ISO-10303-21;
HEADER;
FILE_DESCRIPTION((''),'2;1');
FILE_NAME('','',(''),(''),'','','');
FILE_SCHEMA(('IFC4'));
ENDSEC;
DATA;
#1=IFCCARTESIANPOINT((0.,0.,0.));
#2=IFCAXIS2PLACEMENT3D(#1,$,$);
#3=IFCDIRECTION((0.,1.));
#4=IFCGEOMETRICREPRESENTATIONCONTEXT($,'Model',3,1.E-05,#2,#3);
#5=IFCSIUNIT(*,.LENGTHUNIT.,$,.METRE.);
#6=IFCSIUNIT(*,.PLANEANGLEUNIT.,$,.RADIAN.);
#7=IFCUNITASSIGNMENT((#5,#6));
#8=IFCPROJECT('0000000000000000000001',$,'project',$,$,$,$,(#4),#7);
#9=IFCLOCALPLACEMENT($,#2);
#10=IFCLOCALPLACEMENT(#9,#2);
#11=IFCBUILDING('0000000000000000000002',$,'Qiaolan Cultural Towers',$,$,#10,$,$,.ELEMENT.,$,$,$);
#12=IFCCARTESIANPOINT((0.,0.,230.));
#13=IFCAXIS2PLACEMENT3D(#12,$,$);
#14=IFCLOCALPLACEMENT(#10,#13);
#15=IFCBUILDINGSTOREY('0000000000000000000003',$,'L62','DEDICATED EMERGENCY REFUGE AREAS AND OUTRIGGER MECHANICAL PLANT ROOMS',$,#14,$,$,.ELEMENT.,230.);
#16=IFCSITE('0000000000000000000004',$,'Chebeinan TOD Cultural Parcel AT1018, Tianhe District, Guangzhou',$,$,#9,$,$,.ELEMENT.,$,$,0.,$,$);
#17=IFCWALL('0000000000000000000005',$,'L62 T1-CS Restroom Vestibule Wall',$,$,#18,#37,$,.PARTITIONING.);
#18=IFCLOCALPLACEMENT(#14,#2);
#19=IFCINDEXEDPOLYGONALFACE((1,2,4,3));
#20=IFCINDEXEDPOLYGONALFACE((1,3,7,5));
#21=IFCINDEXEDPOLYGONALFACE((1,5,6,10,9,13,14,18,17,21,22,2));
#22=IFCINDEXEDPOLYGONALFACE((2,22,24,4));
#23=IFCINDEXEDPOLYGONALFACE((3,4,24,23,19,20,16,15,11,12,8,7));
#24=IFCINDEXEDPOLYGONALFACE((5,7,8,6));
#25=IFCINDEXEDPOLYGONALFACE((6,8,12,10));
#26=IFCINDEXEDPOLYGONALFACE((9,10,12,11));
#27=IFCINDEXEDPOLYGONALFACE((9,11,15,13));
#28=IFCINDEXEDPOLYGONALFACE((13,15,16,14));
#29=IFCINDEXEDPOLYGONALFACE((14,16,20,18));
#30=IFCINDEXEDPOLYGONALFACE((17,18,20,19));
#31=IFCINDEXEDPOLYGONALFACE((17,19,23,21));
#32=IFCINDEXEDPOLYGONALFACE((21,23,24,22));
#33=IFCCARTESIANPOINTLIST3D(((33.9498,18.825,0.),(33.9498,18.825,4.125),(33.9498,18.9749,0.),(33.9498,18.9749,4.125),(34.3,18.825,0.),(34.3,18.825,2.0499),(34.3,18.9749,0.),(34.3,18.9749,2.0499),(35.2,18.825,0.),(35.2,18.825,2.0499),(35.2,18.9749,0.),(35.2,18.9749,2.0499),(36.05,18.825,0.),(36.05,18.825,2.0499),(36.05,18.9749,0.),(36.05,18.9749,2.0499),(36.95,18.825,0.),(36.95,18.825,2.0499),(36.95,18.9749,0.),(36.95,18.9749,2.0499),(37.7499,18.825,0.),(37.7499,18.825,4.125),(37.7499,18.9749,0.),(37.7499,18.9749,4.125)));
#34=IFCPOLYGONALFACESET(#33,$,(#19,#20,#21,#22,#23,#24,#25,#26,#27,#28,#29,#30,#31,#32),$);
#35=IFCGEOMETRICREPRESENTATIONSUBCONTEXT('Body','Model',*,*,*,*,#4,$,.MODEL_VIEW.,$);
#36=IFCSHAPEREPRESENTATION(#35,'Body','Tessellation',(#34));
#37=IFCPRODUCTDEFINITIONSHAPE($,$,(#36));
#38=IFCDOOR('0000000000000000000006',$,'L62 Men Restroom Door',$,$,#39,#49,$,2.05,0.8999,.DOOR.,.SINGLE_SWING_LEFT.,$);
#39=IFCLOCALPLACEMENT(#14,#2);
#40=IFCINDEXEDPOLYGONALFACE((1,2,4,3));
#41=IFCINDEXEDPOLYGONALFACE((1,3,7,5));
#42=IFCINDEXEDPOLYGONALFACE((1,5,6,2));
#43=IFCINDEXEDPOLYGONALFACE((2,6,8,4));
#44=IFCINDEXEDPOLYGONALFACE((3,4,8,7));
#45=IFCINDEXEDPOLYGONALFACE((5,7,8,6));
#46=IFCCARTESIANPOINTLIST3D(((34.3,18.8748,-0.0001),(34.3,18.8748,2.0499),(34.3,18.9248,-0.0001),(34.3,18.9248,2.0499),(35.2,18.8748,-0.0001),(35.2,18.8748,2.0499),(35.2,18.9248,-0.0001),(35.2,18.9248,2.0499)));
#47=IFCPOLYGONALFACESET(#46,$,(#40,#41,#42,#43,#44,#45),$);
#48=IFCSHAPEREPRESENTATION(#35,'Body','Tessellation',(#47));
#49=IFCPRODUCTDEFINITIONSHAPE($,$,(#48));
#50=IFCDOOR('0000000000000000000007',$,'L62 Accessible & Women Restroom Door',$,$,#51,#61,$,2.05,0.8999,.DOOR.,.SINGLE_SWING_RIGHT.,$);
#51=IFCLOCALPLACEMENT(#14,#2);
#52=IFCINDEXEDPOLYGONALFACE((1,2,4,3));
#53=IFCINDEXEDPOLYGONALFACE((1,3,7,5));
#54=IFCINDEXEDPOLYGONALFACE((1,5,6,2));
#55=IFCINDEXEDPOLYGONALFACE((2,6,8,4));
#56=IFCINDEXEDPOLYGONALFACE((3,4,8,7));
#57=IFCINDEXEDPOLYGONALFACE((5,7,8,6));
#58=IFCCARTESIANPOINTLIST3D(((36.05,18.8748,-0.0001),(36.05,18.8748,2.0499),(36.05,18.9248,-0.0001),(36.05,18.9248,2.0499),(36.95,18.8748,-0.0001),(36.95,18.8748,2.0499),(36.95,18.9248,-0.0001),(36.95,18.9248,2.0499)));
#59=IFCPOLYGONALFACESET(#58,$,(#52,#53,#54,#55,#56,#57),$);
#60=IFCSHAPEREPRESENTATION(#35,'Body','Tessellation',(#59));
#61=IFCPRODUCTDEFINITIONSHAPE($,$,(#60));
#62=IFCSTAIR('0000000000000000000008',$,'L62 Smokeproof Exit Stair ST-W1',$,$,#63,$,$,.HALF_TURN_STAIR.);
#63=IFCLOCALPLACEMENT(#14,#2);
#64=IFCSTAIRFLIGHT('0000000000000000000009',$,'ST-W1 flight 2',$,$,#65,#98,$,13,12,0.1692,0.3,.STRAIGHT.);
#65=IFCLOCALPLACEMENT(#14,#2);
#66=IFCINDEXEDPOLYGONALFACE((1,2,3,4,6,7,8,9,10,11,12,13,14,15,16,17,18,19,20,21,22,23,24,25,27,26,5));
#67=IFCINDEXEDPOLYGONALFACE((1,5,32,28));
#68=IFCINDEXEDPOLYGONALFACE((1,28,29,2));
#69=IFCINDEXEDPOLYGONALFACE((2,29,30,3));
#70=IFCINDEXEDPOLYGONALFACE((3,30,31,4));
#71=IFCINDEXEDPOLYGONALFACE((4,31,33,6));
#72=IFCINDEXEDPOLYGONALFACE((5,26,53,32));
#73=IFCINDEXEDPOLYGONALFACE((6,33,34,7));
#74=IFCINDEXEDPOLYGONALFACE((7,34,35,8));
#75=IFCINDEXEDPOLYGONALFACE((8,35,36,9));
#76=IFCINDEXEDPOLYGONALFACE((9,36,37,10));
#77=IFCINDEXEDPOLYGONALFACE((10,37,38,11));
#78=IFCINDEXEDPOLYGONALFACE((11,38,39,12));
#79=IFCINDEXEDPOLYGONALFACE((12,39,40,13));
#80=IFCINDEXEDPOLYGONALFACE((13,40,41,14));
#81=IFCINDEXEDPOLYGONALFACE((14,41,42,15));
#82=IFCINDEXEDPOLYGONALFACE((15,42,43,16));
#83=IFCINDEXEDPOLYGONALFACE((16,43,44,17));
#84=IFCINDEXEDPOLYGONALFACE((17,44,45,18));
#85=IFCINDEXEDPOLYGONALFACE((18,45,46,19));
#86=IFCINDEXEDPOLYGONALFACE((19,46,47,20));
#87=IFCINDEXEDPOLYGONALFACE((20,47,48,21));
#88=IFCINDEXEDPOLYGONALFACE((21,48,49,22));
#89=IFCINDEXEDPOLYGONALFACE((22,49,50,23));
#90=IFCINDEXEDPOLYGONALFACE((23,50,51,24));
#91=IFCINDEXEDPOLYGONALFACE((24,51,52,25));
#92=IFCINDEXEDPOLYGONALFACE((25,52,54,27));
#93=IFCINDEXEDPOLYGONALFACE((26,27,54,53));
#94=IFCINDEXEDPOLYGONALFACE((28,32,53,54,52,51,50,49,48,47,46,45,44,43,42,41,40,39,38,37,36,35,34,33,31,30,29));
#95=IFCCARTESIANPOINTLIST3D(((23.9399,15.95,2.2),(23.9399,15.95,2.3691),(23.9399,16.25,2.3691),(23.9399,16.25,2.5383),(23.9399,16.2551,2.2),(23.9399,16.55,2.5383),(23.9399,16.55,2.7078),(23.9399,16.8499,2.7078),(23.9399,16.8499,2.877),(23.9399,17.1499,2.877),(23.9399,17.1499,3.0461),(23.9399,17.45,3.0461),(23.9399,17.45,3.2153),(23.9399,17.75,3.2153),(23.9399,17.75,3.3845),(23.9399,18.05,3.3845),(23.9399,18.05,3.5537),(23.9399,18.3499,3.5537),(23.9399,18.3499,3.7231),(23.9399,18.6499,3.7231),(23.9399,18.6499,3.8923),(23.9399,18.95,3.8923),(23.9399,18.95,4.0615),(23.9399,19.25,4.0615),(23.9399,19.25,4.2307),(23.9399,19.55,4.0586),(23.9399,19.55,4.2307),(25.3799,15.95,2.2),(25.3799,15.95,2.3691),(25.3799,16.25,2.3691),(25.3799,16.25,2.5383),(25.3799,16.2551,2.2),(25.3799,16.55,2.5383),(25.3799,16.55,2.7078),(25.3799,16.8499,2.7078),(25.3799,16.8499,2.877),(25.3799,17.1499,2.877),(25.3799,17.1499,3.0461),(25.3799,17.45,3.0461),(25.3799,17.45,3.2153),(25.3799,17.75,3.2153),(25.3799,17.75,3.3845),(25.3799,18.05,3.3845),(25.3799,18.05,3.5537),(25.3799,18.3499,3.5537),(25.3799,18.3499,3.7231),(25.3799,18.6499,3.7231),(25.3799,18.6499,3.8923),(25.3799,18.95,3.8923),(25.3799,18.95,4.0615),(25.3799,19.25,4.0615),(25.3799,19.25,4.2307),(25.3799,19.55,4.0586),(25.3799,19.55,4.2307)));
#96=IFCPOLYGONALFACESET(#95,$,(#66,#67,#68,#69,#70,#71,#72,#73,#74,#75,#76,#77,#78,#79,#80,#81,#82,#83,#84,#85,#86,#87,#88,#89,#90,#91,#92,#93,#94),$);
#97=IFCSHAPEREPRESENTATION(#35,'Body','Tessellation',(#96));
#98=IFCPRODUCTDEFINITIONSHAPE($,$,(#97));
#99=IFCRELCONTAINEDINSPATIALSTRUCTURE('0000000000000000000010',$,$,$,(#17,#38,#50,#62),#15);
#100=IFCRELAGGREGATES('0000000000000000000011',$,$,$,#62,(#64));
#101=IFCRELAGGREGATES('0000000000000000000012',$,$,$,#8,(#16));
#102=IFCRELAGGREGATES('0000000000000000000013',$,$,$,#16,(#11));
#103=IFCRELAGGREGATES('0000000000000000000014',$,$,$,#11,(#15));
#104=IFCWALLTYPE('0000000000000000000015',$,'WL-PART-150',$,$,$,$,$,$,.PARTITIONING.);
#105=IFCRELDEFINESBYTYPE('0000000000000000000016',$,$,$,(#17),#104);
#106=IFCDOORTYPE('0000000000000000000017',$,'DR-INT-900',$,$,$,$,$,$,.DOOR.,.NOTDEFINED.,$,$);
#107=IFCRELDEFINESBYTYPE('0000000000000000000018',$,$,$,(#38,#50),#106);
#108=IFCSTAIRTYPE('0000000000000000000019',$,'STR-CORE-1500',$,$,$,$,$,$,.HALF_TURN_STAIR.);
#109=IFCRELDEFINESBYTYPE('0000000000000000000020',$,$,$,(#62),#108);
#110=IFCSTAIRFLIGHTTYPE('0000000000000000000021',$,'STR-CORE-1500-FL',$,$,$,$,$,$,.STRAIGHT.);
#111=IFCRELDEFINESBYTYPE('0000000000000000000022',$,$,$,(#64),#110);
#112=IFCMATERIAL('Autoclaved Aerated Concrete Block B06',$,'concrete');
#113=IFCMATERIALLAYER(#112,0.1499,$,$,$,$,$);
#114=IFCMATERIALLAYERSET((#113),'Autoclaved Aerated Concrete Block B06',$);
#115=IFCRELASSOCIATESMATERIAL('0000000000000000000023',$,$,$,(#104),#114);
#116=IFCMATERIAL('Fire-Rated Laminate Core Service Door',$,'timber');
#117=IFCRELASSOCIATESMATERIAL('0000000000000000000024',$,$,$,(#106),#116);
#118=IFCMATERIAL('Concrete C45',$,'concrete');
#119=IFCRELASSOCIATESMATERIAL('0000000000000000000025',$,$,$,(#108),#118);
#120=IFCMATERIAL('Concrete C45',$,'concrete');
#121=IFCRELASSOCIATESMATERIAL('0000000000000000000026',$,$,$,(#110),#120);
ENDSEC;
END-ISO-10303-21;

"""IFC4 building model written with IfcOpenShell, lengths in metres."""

from ifc_helpers import new_model, si_unit, direction, frame, frame_2d, origin, place, context, subcontext, project, spatial, polyline, rectangle, outline, extrude, material, layer, layer_set, type_object, element, fill, aggregate, save


model = new_model("IFC4")

# Units and contexts
model_context = context("Model", 3, precision=1e-05, world=origin(), true_north=direction((0.0, 1.0)))
body_context = subcontext(model_context, "Body", "Model", "MODEL_VIEW")
ifc_project = project(units=[si_unit("LENGTHUNIT", "METRE"), si_unit("PLANEANGLEUNIT", "RADIAN")], contexts=[model_context])

# Site, building, storey
site_placement = place(None, origin())
site = spatial("IfcSite", under=ifc_project, at=site_placement, Name="Chebeinan TOD Cultural Parcel AT1018, Tianhe District, Guangzhou", CompositionType="ELEMENT", RefElevation=0.0)
building_placement = place(site_placement, origin())
building = spatial("IfcBuilding", under=site, at=building_placement, Name="Qiaolan Cultural Towers", CompositionType="ELEMENT")
storey_placement = place(building_placement, frame((0.0, 0.0, 230.0)))
storey = spatial("IfcBuildingStorey", under=building, at=storey_placement, Name="L62", Description="DEDICATED EMERGENCY REFUGE AREAS AND OUTRIGGER MECHANICAL PLANT ROOMS", CompositionType="ELEMENT", Elevation=230.0)

# Wall, openings, doors
ifc_material_1 = material(Name="Autoclaved Aerated Concrete Block B06", Category="concrete")
ifc_layer_1 = layer(ifc_material_1, 0.1499)
ifc_layer_set_1 = layer_set([ifc_layer_1], Name="Autoclaved Aerated Concrete Block B06")
wall_type_1 = type_object("IfcWallType", Name="WL-PART-150", PredefinedType="PARTITIONING", material=ifc_layer_set_1)
wall_1_placement = place(storey_placement, frame((33.95, 18.8999, 0.0), z_axis=(0.0, 0.0, 1.0), x_axis=(1.0, 0.0, 0.0)))
wall_1 = element("IfcWall", 1, at=wall_1_placement, inside=storey, type_object=wall_type_1, Name="L62 T1-CS Restroom Vestibule Wall", PredefinedType="PARTITIONING", context=body_context, shape_type="SweptSolid", body=[
    extrude(rectangle(XDim=3.8, YDim=0.1499, at=frame_2d((1.8999, 0.0))), origin(), (0.0, 0.0, 1.0), 4.125),
])
opening_1_placement = place(wall_1_placement, frame((0.3501, 0.0, 0.0)))
opening_1 = element("IfcOpeningElement", 2, at=opening_1_placement, cuts=wall_1, PredefinedType="OPENING", context=body_context, shape_type="SweptSolid", body=[
    extrude(rectangle(XDim=0.8999, YDim=2.05, at=frame_2d((0.45, 1.0249))), frame((0.0, 0.085, 0.0), z_axis=(0.0, -1.0, 0.0), x_axis=(1.0, 0.0, 0.0)), (0.0, 0.0, 1.0), 0.1699),
])
opening_2_placement = place(wall_1_placement, frame((2.1001, 0.0, 0.0)))
opening_2 = element("IfcOpeningElement", 3, at=opening_2_placement, cuts=wall_1, PredefinedType="OPENING", context=body_context, shape_type="SweptSolid", body=[
    extrude(rectangle(XDim=0.8999, YDim=2.05, at=frame_2d((0.45, 1.0249))), frame((0.0, 0.085, 0.0), z_axis=(0.0, -1.0, 0.0), x_axis=(1.0, 0.0, 0.0)), (0.0, 0.0, 1.0), 0.1699),
])
ifc_material_2 = material(Name="Fire-Rated Laminate Core Service Door", Category="timber")
door_type_1 = type_object("IfcDoorType", Name="DR-INT-900", OperationType="NOTDEFINED", PredefinedType="DOOR", material=ifc_material_2)
door_1_placement = place(opening_1_placement, origin())
door_1 = element("IfcDoor", 4, at=door_1_placement, inside=storey, type_object=door_type_1, Name="L62 Men Restroom Door", OperationType="SINGLE_SWING_LEFT", OverallHeight=2.05, OverallWidth=0.8999, PredefinedType="DOOR", context=body_context, shape_type="SweptSolid", body=[
    extrude(rectangle(XDim=0.8999, YDim=2.05, at=frame_2d((0.45, 1.0249))), frame((0.0, 0.0249, 0.0), z_axis=(0.0, -1.0, 0.0), x_axis=(1.0, 0.0, 0.0)), (0.0, 0.0, 1.0), 0.05),
])
fill(opening_1, door_1)
door_2_placement = place(opening_2_placement, origin())
door_2 = element("IfcDoor", 5, at=door_2_placement, inside=storey, type_object=door_type_1, Name="L62 Accessible & Women Restroom Door", OperationType="SINGLE_SWING_RIGHT", OverallHeight=2.05, OverallWidth=0.8999, PredefinedType="DOOR", context=body_context, shape_type="SweptSolid", body=[
    extrude(rectangle(XDim=0.8999, YDim=2.05, at=frame_2d((0.45, 1.0249))), frame((0.0, 0.0249, 0.0), z_axis=(0.0, -1.0, 0.0), x_axis=(1.0, 0.0, 0.0)), (0.0, 0.0, 1.0), 0.05),
])
fill(opening_2, door_2)

# Stair, stair flight
ifc_material_3 = material(Name="Concrete C45", Category="concrete")
stair_type = type_object("IfcStairType", Name="STR-CORE-1500", PredefinedType="HALF_TURN_STAIR", material=ifc_material_3)
stair_placement = place(storey_placement, origin())
stair = element("IfcStair", 6, at=stair_placement, inside=storey, type_object=stair_type, Name="L62 Smokeproof Exit Stair ST-W1", PredefinedType="HALF_TURN_STAIR")
ifc_material_4 = material(Name="Concrete C45", Category="concrete")
stair_flight_type = type_object("IfcStairFlightType", Name="STR-CORE-1500-FL", PredefinedType="STRAIGHT", material=ifc_material_4)
stair_flight_placement = place(storey_placement, frame((24.6599, 15.95, 2.2), z_axis=(0.0, 0.0, 1.0), x_axis=(0.0, 1.0, 0.0)))
stair_flight = element("IfcStairFlight", 7, at=stair_flight_placement, type_object=stair_flight_type, Name="ST-W1 flight 2", NumberOfRisers=13, NumberOfTreads=12, PredefinedType="STRAIGHT", RiserHeight=0.1692, TreadLength=0.3, context=body_context, shape_type="SweptSolid", body=[
    extrude(outline(polyline([(0.0, 0.0), (0.0, 0.1692), (0.3, 0.1692), (0.3, 0.3384), (0.6001, 0.3384), (0.6001, 0.5078), (0.8999, 0.5078), (0.8999, 0.677), (1.2, 0.677), (1.2, 0.8462), (1.5, 0.8462), (1.5, 1.0154), (1.8, 1.0154), (1.8, 1.1846), (2.1001, 1.1846), (2.1001, 1.3538), (2.3999, 1.3538), (2.3999, 1.5232), (2.7, 1.5232), (2.7, 1.6924), (3.0, 1.6924), (3.0, 1.8616), (3.3, 1.8616), (3.3, 2.0308), (3.6001, 2.0308), (3.6001, 2.2), (3.6001, 1.8586), (0.3052, 0.0), (0.0, 0.0)])), frame((0.0, 0.72, 0.0), z_axis=(0.0, -1.0, 0.0), x_axis=(1.0, 0.0, 0.0)), (0.0, 0.0, 1.0), 1.4399),
])
aggregate(stair, [stair_flight])

save(model, "model.ifc")
